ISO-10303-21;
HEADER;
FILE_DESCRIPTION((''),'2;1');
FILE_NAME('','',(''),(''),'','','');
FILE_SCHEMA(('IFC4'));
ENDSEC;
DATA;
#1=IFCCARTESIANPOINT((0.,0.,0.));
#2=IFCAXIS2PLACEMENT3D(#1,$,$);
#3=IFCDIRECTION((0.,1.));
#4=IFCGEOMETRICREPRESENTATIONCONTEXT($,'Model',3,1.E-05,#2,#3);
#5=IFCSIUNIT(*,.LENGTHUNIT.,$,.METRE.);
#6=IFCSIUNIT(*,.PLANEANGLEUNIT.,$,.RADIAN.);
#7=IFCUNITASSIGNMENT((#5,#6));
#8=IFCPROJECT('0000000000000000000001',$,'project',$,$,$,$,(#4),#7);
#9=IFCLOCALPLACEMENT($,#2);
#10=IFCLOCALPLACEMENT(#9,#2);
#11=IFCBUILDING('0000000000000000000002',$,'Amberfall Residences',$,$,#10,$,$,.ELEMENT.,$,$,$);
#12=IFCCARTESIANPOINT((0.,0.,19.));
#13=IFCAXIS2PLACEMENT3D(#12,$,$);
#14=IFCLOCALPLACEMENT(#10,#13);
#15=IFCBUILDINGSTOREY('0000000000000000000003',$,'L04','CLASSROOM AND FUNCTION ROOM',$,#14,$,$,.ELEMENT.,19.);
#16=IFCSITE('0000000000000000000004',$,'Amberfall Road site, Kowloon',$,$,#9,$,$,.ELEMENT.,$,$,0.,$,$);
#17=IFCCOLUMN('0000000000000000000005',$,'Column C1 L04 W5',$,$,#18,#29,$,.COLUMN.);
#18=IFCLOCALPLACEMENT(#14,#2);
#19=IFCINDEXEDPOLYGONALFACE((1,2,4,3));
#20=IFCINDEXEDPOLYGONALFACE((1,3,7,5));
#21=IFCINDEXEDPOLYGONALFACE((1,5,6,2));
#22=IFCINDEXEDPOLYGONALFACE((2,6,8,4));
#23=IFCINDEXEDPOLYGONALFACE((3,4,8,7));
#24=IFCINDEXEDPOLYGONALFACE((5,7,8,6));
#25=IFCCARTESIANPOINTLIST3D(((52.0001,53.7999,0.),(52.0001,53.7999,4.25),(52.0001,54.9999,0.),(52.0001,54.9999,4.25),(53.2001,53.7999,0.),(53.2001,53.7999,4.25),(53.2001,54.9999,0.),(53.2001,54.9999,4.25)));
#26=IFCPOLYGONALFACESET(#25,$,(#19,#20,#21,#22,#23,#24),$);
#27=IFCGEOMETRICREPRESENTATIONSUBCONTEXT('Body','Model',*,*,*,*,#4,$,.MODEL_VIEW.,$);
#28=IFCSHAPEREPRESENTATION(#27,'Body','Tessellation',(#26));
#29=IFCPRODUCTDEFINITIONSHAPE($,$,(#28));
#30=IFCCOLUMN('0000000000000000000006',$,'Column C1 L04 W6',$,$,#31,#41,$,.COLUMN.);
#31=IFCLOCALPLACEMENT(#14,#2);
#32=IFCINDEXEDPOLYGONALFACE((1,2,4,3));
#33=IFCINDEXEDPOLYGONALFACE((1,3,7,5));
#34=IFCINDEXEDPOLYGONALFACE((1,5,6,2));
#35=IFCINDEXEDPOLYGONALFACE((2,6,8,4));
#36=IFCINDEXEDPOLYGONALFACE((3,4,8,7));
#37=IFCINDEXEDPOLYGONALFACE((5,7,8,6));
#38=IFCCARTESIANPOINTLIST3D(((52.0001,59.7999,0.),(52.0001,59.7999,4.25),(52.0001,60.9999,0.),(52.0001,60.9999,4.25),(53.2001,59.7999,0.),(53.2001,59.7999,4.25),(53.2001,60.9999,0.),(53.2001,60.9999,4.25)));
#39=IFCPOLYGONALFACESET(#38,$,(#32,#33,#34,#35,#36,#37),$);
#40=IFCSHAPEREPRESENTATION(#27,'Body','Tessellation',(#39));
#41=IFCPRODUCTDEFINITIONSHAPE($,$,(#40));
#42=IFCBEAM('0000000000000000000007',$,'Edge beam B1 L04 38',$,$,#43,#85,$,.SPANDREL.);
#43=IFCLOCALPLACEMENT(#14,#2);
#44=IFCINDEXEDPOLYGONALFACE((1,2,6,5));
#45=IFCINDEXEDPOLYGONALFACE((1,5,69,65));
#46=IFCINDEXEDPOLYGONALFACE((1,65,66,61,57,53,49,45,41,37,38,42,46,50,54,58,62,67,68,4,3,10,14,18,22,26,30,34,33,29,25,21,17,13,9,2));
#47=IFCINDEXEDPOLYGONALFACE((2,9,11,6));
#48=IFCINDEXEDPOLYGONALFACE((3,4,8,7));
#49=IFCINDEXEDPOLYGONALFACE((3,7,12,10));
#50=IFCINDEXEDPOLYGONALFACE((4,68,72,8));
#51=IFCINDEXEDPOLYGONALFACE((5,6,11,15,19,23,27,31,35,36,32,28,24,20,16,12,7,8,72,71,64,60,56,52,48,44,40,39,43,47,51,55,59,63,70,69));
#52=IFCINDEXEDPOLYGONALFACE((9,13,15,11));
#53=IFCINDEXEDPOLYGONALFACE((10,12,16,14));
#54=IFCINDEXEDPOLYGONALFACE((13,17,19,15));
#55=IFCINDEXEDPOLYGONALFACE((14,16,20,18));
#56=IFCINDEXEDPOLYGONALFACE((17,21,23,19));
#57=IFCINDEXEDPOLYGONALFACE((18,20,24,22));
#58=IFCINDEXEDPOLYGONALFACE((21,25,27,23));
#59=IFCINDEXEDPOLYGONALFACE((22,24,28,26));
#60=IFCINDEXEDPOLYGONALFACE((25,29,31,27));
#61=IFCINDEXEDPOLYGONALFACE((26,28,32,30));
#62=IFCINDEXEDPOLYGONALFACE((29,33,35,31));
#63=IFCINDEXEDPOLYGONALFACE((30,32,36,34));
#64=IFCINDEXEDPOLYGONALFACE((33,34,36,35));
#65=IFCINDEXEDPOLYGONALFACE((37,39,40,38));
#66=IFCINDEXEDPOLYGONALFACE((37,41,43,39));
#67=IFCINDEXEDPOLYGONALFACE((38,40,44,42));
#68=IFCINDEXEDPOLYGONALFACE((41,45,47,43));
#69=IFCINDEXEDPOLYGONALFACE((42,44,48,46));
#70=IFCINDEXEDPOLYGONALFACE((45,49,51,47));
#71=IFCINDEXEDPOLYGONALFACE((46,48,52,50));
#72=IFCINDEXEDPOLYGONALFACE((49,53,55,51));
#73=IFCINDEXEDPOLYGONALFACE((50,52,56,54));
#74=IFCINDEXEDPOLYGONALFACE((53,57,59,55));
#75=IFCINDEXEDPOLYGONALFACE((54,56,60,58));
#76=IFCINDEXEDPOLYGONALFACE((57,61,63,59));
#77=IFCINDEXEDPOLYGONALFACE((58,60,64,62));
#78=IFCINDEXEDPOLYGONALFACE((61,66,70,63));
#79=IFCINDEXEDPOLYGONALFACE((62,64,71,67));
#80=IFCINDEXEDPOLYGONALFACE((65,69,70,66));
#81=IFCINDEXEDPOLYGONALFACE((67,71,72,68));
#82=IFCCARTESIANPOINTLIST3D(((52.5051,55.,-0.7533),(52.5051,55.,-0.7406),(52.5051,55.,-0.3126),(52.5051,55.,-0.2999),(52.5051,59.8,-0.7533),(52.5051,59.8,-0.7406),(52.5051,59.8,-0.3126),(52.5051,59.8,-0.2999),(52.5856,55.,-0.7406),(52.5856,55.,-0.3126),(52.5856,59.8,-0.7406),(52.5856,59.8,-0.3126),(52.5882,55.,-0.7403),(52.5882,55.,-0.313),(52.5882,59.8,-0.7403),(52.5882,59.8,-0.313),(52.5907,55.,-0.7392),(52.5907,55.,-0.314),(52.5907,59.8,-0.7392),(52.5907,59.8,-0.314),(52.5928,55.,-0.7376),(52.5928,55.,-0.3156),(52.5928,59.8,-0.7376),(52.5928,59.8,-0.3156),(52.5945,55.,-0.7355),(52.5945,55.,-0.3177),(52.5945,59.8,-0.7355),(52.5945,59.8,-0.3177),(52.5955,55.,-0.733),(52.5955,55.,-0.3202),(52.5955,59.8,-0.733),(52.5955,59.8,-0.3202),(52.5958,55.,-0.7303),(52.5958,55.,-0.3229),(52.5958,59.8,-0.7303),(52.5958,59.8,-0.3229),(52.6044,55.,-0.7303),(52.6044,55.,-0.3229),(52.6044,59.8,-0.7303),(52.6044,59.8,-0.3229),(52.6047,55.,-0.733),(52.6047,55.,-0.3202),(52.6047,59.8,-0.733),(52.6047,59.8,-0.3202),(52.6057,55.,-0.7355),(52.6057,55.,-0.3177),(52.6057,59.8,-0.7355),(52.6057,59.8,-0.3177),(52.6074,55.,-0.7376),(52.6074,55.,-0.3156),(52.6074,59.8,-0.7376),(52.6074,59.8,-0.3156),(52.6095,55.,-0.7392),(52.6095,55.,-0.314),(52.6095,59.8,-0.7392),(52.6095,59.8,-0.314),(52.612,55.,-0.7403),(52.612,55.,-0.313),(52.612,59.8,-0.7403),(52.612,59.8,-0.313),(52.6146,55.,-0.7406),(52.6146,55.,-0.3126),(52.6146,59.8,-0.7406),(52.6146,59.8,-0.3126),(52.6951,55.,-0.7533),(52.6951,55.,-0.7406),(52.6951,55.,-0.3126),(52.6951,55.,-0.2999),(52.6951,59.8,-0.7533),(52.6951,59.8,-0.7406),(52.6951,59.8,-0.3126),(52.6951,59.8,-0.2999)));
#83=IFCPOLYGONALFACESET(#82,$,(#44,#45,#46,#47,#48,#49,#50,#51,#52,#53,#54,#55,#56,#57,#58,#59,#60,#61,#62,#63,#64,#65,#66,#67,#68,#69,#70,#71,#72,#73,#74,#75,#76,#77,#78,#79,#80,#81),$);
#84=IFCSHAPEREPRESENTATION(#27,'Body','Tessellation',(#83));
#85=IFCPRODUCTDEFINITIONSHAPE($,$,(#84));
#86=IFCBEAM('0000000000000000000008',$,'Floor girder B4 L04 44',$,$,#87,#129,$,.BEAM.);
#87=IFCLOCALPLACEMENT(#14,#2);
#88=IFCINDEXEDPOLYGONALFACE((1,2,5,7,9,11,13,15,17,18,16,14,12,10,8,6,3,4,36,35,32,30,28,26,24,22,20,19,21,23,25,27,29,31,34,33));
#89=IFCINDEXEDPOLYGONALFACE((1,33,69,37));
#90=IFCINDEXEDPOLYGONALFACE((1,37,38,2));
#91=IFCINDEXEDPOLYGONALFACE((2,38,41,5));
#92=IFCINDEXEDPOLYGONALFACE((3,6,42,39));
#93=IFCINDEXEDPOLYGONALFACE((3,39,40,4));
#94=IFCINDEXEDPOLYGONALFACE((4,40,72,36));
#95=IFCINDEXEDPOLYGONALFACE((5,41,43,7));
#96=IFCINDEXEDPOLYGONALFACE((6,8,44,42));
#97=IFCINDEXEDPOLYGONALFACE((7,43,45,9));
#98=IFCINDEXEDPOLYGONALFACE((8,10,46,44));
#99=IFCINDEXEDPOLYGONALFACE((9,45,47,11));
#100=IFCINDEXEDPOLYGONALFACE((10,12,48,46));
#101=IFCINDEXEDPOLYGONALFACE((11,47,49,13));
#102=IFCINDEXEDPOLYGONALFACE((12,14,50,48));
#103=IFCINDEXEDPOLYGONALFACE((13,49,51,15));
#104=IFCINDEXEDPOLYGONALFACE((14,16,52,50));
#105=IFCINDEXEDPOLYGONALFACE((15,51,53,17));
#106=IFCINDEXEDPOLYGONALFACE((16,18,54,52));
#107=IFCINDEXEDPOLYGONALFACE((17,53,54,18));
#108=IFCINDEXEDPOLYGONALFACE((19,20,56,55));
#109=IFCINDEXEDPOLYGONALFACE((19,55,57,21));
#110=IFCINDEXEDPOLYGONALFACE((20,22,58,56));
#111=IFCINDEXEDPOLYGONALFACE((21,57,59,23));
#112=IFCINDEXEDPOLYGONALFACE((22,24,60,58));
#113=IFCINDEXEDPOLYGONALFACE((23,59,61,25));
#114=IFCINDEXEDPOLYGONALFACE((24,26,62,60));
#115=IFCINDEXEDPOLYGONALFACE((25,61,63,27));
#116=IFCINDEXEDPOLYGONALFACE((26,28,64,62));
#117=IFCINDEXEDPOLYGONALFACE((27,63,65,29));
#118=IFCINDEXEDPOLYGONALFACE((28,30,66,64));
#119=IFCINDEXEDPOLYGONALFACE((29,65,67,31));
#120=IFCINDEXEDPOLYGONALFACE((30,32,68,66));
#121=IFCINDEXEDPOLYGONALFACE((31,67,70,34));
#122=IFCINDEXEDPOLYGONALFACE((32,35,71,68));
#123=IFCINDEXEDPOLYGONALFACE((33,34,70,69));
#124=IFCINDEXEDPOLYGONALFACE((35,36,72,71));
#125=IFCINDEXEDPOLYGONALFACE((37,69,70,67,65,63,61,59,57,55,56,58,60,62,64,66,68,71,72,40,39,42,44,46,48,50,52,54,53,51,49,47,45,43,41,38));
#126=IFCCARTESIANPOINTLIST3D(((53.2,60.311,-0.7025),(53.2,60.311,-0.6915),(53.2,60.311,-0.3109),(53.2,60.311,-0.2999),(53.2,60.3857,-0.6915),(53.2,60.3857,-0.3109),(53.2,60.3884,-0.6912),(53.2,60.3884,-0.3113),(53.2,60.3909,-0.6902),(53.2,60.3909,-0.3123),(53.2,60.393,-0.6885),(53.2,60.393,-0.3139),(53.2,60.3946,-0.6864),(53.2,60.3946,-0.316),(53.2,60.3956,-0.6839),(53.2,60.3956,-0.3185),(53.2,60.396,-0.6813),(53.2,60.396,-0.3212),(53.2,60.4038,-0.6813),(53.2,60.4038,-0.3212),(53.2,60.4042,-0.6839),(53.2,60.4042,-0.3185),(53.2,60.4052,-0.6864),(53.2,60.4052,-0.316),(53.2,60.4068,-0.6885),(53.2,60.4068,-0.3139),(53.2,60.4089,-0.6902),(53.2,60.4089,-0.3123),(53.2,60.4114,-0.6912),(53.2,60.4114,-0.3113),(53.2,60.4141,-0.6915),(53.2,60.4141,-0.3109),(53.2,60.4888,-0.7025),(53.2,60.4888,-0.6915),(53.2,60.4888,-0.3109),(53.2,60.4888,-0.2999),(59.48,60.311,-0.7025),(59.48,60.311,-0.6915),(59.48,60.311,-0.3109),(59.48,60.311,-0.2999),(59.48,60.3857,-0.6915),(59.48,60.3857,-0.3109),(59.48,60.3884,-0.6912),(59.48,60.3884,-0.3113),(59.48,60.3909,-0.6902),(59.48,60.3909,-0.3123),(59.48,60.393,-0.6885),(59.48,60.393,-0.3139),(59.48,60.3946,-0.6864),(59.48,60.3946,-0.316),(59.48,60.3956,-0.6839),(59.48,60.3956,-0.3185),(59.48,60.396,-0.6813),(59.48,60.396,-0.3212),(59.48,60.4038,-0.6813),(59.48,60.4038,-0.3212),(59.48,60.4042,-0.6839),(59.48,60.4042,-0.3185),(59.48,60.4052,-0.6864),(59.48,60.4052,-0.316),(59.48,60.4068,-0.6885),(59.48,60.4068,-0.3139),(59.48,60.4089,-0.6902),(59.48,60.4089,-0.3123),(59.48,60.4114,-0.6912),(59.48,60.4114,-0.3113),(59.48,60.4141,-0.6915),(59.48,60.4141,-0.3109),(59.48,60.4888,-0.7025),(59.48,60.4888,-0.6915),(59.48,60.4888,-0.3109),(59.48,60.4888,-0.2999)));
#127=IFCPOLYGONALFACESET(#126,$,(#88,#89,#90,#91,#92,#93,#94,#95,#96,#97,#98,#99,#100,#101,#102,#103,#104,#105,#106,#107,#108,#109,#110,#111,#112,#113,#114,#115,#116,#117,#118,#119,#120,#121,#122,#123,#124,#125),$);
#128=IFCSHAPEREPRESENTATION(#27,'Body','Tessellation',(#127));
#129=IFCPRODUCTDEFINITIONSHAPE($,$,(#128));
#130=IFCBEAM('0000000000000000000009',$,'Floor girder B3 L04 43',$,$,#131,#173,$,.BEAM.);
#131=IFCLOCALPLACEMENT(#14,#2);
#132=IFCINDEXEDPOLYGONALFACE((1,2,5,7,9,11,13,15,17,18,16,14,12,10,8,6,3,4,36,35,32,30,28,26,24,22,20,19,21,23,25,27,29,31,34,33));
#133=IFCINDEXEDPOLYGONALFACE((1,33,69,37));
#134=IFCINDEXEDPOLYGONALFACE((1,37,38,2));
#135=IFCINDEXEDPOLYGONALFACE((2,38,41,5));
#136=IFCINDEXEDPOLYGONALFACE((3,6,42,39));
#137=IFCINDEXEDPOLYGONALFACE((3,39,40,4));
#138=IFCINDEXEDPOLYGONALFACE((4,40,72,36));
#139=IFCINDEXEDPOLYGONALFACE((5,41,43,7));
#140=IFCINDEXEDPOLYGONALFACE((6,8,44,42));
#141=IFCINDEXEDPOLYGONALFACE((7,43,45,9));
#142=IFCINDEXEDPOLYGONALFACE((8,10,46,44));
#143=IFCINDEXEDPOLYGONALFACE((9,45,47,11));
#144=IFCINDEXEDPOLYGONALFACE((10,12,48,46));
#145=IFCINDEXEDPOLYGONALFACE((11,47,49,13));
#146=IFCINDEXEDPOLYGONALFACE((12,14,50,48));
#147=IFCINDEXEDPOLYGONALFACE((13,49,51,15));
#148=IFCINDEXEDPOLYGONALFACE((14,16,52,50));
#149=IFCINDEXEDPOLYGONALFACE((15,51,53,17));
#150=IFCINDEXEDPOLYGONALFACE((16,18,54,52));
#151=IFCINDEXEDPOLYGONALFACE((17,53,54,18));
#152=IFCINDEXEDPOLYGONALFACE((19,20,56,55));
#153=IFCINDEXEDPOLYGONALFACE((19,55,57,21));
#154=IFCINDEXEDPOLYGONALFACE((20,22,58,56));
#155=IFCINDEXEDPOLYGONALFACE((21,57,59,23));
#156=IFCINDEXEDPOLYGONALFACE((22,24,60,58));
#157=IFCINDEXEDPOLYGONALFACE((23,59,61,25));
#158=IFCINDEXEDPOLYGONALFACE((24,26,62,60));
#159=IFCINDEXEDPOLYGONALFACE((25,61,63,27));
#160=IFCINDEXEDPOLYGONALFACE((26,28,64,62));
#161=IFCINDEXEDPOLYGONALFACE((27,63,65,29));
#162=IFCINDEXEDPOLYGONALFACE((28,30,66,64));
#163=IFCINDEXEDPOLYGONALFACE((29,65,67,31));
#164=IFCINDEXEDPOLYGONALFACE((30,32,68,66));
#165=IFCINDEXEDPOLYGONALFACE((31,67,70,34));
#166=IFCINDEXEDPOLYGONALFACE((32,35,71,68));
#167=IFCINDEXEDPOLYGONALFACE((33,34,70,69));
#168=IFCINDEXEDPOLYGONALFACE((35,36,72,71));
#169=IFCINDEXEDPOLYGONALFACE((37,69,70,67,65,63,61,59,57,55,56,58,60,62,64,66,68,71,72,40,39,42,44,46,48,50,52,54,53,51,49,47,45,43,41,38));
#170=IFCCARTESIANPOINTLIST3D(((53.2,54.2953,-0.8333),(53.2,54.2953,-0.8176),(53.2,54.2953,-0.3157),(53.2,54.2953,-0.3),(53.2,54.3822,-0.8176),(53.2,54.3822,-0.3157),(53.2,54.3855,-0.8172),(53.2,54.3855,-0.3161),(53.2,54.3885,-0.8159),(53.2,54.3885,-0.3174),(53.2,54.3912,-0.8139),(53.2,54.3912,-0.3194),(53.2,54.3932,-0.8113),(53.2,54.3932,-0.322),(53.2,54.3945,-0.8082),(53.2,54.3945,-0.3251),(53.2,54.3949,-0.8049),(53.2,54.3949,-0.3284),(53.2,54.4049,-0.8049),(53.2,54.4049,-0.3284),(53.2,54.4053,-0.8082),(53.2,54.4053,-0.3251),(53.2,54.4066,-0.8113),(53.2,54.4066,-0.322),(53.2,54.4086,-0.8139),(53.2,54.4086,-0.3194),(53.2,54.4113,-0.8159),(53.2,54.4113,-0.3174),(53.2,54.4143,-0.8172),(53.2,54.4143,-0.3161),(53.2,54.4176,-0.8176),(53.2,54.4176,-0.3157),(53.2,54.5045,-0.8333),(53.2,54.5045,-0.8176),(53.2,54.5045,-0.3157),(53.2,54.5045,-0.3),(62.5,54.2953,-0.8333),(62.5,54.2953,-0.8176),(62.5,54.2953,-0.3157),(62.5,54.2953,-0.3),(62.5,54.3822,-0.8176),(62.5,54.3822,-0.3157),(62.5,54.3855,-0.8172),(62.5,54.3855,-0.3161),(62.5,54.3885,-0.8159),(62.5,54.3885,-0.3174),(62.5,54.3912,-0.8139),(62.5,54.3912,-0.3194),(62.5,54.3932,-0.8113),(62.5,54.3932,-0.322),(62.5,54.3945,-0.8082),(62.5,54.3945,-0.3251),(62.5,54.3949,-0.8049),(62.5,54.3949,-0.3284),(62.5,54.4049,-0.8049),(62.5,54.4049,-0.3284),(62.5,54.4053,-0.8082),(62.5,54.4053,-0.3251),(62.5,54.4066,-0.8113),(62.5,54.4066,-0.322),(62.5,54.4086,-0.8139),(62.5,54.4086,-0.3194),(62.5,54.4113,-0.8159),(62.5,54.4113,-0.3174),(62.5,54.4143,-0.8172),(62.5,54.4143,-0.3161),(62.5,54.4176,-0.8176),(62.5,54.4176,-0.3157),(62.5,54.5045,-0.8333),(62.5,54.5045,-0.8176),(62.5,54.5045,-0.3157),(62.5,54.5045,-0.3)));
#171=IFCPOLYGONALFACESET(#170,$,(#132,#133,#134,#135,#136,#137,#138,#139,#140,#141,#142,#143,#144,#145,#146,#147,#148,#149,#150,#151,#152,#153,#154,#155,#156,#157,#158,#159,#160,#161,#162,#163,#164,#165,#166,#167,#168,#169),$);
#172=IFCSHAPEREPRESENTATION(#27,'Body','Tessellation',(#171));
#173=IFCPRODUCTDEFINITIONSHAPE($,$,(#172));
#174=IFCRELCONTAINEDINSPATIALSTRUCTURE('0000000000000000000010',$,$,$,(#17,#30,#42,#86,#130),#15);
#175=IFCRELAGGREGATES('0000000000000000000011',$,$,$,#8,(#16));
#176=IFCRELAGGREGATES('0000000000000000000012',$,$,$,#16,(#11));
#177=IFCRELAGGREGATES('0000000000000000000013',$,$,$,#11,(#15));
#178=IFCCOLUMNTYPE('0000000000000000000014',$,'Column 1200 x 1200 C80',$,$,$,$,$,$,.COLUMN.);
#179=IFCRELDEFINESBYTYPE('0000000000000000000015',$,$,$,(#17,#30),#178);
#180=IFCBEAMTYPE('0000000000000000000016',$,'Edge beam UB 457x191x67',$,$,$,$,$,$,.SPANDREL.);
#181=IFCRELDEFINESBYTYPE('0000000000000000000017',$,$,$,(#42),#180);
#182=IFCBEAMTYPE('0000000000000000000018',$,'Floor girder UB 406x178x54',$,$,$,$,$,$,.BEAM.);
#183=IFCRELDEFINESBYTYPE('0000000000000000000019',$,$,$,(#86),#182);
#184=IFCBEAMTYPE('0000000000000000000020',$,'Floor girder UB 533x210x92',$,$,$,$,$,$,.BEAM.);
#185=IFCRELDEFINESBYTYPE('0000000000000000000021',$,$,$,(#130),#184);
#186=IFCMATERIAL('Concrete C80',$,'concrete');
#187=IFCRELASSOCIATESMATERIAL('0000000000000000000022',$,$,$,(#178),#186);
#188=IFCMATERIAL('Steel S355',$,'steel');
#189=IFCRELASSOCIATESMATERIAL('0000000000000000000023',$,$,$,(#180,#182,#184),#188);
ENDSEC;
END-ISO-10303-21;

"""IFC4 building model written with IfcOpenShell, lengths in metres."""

from ifc_helpers import new_model, si_unit, direction, frame, origin, origin_2d, place, context, subcontext, project, spatial, rectangle, i_section, extrude, material, material_profile, profile_set, type_object, element, save


model = new_model("IFC4")

# Units and contexts
model_context = context("Model", 3, precision=1e-05, world=origin(), true_north=direction((0.0, 1.0)))
body_context = subcontext(model_context, "Body", "Model", "MODEL_VIEW")
ifc_project = project(units=[si_unit("LENGTHUNIT", "METRE"), si_unit("PLANEANGLEUNIT", "RADIAN")], contexts=[model_context])

# Site, building, storey
site_placement = place(None, origin())
site = spatial("IfcSite", under=ifc_project, at=site_placement, Name="Amberfall Road site, Kowloon", CompositionType="ELEMENT", RefElevation=0.0)
building_placement = place(site_placement, origin())
building = spatial("IfcBuilding", under=site, at=building_placement, Name="Amberfall Residences", CompositionType="ELEMENT")
storey_placement = place(building_placement, frame((0.0, 0.0, 19.0)))
storey = spatial("IfcBuildingStorey", under=building, at=storey_placement, Name="L04", Description="CLASSROOM AND FUNCTION ROOM", CompositionType="ELEMENT", Elevation=19.0)

# Columns
ifc_material_1 = material(Name="Concrete C80", Category="concrete")
ifc_material_profile_1 = material_profile(ifc_material_1, rectangle(XDim=1.2, YDim=1.2, at=origin_2d()), Name="Column 1200 x 1200 C80")
ifc_profile_set_1 = profile_set([ifc_material_profile_1], Name="Concrete C80")
column_type = type_object("IfcColumnType", Name="Column 1200 x 1200 C80", PredefinedType="COLUMN", material=ifc_profile_set_1)
for number, where, z_axis, x_axis, name in (
    (1, (52.6001, 54.3999, 0.0), (0.0, 0.0, 1.0), (1.0, 0.0, 0.0), "Column C1 L04 W5"),
    (2, (52.6001, 60.3999, 0.0), (0.0, 0.0, 1.0), (1.0, 0.0, 0.0), "Column C1 L04 W6"),
):
    element("IfcColumn", number, at=place(storey_placement, frame(where, z_axis=z_axis, x_axis=x_axis)), inside=storey, type_object=column_type, Name=name, PredefinedType="COLUMN", context=body_context, shape_type="SweptSolid", body=[
        extrude(rectangle(XDim=1.2, YDim=1.2, at=origin_2d()), origin(), (0.0, 0.0, 1.0), 4.25),
    ])

# Beams
ifc_material_2 = material(Name="Steel S355", Category="steel")
ifc_material_profile_2 = material_profile(ifc_material_2, i_section(OverallWidth=0.1899, OverallDepth=0.4534, WebThickness=0.0085, FlangeThickness=0.0127, FilletRadius=0.0103, at=origin_2d()), Name="UB 457x191x67")
ifc_profile_set_2 = profile_set([ifc_material_profile_2], Name="Steel S355")
beam_type_1 = type_object("IfcBeamType", Name="Edge beam UB 457x191x67", PredefinedType="SPANDREL", material=ifc_profile_set_2)
beam_1_placement = place(storey_placement, frame((52.6001, 55.0, -0.5266), z_axis=(0.0, 1.0, 0.0), x_axis=(-1.0, 0.0, 0.0)))
element("IfcBeam", 3, at=beam_1_placement, inside=storey, type_object=beam_type_1, Name="Edge beam B1 L04 38", PredefinedType="SPANDREL", context=body_context, shape_type="SweptSolid", body=[
    extrude(i_section(OverallWidth=0.1899, OverallDepth=0.4534, WebThickness=0.0085, FlangeThickness=0.0127, FilletRadius=0.0103, at=origin_2d()), origin(), (0.0, 0.0, 1.0), 4.8),
])
ifc_material_profile_3 = material_profile(ifc_material_2, i_section(OverallWidth=0.1777, OverallDepth=0.4026, WebThickness=0.0078, FlangeThickness=0.011, FilletRadius=0.0103, at=origin_2d()), Name="UB 406x178x54")
ifc_profile_set_3 = profile_set([ifc_material_profile_3], Name="Steel S355")
beam_type_2 = type_object("IfcBeamType", Name="Floor girder UB 406x178x54", PredefinedType="BEAM", material=ifc_profile_set_3)
beam_2_placement = place(storey_placement, frame((53.2, 60.3999, -0.5012), z_axis=(1.0, 0.0, 0.0), x_axis=(0.0, 1.0, 0.0)))
element("IfcBeam", 4, at=beam_2_placement, inside=storey, type_object=beam_type_2, Name="Floor girder B4 L04 44", PredefinedType="BEAM", context=body_context, shape_type="SweptSolid", body=[
    extrude(i_section(OverallWidth=0.1777, OverallDepth=0.4026, WebThickness=0.0078, FlangeThickness=0.011, FilletRadius=0.0103, at=origin_2d()), origin(), (0.0, 0.0, 1.0), 6.28),
])
ifc_material_profile_4 = material_profile(ifc_material_2, i_section(OverallWidth=0.2092, OverallDepth=0.5332, WebThickness=0.01, FlangeThickness=0.0156, FilletRadius=0.0127, at=origin_2d()), Name="UB 533x210x92")
ifc_profile_set_4 = profile_set([ifc_material_profile_4], Name="Steel S355")
beam_type_3 = type_object("IfcBeamType", Name="Floor girder UB 533x210x92", PredefinedType="BEAM", material=ifc_profile_set_4)
beam_3_placement = place(storey_placement, frame((53.2, 54.3999, -0.5667), z_axis=(1.0, 0.0, 0.0), x_axis=(0.0, 1.0, 0.0)))
element("IfcBeam", 5, at=beam_3_placement, inside=storey, type_object=beam_type_3, Name="Floor girder B3 L04 43", PredefinedType="BEAM", context=body_context, shape_type="SweptSolid", body=[
    extrude(i_section(OverallWidth=0.2092, OverallDepth=0.5332, WebThickness=0.01, FlangeThickness=0.0156, FilletRadius=0.0127, at=origin_2d()), origin(), (0.0, 0.0, 1.0), 9.3),
])

save(model, "model.ifc")
